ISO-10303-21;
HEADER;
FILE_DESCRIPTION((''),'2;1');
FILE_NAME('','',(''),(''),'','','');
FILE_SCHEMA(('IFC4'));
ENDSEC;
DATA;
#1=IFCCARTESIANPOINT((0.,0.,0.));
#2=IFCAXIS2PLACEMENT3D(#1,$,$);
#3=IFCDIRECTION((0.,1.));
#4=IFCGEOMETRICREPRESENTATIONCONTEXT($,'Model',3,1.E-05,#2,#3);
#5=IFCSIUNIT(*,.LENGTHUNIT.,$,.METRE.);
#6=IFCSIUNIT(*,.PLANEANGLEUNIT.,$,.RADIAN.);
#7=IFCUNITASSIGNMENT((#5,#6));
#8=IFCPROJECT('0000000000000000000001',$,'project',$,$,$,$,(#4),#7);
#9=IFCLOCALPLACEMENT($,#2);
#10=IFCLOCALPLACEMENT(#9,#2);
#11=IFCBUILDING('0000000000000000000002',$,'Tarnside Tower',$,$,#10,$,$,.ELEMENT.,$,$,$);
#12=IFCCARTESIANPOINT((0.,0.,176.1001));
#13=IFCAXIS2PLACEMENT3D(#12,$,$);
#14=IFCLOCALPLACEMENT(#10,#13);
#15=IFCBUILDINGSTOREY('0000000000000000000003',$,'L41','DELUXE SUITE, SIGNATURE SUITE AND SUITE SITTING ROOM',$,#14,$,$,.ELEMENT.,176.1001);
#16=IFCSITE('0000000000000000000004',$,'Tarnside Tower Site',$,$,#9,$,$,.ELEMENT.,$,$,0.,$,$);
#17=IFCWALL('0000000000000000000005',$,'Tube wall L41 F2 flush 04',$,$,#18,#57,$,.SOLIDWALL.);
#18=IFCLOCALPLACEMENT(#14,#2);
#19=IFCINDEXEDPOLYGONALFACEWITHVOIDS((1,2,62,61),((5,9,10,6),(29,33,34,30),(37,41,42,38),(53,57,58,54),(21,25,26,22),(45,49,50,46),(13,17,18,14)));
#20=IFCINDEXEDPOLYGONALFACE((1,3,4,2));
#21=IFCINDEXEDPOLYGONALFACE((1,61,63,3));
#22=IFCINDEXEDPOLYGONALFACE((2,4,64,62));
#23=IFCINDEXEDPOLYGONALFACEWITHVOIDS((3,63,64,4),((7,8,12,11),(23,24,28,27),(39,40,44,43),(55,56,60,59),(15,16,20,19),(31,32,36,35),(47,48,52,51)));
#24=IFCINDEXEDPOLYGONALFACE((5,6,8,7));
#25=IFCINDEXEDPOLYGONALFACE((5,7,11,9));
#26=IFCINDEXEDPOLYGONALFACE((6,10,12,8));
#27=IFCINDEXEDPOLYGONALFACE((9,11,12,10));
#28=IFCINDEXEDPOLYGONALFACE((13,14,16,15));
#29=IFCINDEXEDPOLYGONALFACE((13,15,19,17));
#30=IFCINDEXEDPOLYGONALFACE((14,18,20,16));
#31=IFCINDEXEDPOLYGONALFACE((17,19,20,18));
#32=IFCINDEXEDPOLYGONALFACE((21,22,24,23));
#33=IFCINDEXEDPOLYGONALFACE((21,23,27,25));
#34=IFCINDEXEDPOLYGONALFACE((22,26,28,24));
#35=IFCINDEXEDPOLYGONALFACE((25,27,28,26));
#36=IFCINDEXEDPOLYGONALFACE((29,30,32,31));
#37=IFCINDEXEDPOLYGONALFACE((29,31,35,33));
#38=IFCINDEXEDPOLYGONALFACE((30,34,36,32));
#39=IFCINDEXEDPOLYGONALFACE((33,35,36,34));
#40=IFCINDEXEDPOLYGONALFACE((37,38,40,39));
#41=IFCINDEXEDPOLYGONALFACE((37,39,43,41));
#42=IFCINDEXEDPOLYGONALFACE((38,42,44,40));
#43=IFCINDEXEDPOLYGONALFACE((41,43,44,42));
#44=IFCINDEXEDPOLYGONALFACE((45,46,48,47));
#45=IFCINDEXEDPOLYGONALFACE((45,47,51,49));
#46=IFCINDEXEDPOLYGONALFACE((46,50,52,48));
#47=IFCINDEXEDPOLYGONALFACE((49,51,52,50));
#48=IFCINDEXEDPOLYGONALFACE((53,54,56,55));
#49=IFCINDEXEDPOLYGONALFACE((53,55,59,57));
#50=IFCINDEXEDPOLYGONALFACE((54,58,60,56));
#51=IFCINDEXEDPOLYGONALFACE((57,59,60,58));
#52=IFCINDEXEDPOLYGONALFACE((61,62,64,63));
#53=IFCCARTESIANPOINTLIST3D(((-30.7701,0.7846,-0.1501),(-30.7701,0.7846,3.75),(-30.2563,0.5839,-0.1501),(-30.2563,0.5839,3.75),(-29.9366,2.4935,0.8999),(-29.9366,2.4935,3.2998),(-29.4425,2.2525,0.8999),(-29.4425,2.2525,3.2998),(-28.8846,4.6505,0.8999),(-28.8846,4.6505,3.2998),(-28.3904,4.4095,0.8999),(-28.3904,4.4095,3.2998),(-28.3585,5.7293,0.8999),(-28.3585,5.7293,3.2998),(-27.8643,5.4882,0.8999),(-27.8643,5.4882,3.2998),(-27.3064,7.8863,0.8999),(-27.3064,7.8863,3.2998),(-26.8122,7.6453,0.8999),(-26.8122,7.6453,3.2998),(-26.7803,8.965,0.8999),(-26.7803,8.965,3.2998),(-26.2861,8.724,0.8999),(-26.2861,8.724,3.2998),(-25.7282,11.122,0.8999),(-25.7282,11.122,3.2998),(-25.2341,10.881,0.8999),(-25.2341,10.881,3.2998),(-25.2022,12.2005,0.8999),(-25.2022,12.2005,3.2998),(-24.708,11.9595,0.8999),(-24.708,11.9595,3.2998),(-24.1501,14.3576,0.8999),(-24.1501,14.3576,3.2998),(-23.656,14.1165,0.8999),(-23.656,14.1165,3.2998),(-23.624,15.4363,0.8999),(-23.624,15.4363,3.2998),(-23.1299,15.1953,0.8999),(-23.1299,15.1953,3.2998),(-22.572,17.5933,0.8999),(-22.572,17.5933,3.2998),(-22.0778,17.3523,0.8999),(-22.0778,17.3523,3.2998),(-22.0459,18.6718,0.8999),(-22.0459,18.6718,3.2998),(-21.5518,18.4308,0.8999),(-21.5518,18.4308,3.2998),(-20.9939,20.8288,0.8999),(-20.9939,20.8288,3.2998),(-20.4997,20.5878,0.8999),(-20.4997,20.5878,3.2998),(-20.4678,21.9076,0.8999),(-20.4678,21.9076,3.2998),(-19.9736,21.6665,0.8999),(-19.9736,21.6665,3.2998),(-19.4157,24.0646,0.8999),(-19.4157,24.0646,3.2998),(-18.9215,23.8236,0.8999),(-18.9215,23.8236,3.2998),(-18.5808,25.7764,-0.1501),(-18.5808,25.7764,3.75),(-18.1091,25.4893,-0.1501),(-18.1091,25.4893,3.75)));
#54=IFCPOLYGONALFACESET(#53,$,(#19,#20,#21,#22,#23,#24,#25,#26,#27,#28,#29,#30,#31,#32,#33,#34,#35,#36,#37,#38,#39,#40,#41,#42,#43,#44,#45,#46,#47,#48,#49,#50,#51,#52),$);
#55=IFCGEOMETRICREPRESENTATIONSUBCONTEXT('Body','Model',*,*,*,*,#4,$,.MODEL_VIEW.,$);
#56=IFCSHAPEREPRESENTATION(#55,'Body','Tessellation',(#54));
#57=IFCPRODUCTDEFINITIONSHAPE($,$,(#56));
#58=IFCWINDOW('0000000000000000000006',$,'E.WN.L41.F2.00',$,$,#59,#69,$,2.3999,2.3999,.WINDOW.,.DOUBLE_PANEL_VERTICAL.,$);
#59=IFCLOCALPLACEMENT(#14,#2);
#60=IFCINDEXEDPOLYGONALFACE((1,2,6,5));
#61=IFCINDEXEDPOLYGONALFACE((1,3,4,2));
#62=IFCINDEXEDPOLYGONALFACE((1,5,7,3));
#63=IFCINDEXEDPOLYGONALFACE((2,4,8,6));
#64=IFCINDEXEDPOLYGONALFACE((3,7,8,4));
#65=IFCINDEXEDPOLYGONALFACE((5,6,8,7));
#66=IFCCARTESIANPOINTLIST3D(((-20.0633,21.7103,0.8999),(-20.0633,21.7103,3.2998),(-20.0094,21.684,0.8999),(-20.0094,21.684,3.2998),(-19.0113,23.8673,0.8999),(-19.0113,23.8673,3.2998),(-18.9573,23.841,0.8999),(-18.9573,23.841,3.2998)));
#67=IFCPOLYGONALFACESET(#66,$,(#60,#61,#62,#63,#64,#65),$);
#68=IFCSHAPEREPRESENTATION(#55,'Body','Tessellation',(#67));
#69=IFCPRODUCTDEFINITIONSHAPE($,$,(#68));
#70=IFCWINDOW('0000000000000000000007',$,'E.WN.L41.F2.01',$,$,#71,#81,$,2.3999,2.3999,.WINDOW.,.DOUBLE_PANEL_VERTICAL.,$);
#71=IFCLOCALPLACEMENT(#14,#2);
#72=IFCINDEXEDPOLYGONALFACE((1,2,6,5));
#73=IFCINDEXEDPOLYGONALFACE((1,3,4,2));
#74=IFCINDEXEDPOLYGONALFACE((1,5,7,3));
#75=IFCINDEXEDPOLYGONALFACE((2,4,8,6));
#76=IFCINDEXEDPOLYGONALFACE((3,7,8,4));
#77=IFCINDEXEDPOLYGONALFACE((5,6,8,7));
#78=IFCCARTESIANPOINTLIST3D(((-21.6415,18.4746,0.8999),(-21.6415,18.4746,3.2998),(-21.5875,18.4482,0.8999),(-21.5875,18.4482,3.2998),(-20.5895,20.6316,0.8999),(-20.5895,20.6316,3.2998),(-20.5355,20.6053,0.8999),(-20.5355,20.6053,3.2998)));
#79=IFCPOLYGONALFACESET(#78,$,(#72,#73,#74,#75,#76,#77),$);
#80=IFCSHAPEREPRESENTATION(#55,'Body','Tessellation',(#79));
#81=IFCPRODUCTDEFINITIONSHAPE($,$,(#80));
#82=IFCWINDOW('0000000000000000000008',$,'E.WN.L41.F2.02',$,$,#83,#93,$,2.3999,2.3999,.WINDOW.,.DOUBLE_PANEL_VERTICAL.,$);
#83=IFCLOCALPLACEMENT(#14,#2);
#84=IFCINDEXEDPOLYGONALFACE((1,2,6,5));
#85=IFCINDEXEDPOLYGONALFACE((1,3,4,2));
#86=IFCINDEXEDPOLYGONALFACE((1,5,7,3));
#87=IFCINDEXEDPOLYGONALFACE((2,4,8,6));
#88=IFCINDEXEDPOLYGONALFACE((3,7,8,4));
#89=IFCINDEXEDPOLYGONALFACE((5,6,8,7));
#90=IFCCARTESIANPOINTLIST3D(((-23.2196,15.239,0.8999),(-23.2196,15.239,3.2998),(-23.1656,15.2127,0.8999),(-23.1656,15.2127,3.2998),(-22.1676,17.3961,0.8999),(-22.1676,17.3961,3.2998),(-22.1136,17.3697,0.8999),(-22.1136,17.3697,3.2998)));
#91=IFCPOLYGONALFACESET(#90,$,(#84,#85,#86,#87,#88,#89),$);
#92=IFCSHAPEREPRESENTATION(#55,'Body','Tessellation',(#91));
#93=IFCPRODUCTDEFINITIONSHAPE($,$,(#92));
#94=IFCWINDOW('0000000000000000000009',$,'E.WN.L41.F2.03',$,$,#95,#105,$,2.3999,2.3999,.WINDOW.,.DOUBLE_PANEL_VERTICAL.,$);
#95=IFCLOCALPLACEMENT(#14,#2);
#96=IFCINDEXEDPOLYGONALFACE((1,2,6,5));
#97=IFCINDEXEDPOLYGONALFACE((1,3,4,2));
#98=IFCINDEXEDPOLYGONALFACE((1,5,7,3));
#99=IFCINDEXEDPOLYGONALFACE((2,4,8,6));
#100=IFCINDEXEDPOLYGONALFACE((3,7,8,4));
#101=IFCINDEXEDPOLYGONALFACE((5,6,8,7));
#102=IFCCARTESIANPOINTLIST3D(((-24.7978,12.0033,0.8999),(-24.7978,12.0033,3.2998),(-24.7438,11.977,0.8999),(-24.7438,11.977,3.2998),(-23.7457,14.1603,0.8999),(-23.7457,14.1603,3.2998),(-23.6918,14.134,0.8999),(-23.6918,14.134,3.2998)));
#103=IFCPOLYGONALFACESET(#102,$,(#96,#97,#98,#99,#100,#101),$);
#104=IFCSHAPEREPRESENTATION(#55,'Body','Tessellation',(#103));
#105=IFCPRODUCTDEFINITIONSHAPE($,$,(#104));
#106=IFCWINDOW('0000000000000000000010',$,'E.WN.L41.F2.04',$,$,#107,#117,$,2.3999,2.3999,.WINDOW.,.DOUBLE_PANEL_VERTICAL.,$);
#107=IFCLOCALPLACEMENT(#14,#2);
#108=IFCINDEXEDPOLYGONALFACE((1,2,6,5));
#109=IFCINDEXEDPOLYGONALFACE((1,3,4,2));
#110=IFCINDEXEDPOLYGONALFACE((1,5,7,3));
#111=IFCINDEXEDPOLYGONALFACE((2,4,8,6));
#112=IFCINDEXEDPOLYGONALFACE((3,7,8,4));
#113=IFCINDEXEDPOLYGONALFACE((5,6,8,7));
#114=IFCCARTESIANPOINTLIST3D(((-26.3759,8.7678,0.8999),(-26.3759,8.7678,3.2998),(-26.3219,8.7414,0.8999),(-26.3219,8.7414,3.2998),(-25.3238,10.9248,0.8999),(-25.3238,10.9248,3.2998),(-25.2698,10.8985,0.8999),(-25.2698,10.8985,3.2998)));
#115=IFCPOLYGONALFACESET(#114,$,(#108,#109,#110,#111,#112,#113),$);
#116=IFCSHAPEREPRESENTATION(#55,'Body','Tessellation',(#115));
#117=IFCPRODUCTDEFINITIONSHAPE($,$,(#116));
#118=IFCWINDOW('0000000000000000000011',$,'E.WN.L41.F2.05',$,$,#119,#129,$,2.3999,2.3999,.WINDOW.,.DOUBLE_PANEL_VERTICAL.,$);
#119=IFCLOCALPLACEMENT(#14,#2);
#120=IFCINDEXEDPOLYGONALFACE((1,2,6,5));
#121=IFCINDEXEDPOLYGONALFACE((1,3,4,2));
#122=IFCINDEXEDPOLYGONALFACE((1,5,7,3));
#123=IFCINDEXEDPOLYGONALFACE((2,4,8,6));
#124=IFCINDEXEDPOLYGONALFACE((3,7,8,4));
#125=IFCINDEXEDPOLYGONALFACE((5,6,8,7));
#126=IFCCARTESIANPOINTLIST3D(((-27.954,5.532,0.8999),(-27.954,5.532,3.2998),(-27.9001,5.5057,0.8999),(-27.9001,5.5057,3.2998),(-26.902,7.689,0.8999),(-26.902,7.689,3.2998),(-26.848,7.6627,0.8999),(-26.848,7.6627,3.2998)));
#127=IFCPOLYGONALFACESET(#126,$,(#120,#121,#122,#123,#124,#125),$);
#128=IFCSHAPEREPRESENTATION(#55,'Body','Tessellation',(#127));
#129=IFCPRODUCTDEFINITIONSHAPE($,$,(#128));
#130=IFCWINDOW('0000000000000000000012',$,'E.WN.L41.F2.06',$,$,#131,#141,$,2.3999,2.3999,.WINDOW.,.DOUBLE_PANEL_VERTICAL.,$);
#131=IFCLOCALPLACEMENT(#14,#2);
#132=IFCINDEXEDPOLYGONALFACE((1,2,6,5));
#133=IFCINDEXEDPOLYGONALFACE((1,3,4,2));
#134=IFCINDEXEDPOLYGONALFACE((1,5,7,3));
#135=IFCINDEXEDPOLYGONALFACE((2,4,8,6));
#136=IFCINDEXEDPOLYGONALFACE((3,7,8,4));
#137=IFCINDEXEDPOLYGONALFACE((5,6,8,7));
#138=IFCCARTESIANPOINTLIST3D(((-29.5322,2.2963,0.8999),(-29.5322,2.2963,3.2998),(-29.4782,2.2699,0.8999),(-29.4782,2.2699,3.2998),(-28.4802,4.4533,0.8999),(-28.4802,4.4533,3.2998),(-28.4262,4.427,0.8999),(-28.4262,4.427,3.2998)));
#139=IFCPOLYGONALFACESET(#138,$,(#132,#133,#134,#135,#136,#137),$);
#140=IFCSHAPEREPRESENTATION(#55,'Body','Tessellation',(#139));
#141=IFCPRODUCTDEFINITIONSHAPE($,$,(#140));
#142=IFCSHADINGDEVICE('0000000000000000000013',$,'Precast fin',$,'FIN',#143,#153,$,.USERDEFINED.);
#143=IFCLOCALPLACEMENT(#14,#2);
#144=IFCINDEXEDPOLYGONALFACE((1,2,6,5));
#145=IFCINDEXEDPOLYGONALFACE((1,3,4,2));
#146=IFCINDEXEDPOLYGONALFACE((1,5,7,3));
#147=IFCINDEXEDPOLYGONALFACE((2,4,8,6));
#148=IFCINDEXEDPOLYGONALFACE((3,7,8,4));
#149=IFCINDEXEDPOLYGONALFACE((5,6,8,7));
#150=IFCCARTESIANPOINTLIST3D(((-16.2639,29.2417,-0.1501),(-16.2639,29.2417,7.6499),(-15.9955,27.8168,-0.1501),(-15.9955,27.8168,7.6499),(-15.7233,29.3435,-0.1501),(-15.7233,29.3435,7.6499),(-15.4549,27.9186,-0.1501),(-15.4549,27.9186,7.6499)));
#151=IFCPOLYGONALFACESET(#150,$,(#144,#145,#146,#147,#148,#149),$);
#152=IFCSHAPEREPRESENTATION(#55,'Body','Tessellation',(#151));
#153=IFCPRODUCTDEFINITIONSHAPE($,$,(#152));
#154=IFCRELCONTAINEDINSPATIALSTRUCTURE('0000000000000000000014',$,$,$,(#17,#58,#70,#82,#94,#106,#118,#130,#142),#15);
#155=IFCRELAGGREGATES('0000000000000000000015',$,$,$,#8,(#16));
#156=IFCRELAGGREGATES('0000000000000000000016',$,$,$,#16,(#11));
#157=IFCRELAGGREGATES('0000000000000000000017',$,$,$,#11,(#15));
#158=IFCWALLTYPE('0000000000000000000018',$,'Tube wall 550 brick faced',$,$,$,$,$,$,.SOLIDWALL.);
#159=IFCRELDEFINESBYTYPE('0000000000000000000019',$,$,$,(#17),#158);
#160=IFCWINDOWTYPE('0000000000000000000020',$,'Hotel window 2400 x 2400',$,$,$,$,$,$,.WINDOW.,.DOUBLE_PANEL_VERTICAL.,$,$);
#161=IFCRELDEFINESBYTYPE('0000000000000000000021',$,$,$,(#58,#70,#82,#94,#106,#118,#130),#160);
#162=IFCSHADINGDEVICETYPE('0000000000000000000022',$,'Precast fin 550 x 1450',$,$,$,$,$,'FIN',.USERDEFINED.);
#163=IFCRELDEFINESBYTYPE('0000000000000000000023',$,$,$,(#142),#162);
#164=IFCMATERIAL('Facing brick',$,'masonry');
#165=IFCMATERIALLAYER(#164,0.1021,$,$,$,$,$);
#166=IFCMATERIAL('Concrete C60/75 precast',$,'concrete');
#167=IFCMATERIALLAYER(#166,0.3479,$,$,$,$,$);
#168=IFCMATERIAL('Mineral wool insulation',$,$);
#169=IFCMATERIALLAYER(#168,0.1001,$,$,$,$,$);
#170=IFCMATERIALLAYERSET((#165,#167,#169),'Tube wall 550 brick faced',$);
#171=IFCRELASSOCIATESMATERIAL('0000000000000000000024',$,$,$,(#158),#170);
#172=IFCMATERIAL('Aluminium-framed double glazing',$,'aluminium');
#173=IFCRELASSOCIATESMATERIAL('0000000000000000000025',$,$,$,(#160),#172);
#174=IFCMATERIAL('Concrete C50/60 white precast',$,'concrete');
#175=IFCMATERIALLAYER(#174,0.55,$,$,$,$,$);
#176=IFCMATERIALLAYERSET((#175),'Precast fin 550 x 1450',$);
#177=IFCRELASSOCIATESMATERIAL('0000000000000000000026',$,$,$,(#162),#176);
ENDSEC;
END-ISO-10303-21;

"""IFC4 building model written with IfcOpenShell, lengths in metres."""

from ifc_helpers import new_model, si_unit, direction, frame, frame_2d, origin, place, context, subcontext, project, spatial, polyline, rectangle, outline, extrude, material, layer, layer_set, type_object, element, fill, save


model = new_model("IFC4")

# Units and contexts
model_context = context("Model", 3, precision=1e-05, world=origin(), true_north=direction((0.0, 1.0)))
body_context = subcontext(model_context, "Body", "Model", "MODEL_VIEW")
ifc_project = project(units=[si_unit("LENGTHUNIT", "METRE"), si_unit("PLANEANGLEUNIT", "RADIAN")], contexts=[model_context])

# Site, building, storey
site_placement = place(None, origin())
site = spatial("IfcSite", under=ifc_project, at=site_placement, Name="Tarnside Tower Site", CompositionType="ELEMENT", RefElevation=0.0)
building_placement = place(site_placement, origin())
building = spatial("IfcBuilding", under=site, at=building_placement, Name="Tarnside Tower", CompositionType="ELEMENT")
storey_placement = place(building_placement, frame((0.0, 0.0, 176.1001)))
storey = spatial("IfcBuildingStorey", under=building, at=storey_placement, Name="L41", Description="DELUXE SUITE, SIGNATURE SUITE AND SUITE SITTING ROOM", CompositionType="ELEMENT", Elevation=176.1001)

# Shared definitions
ifc_material_1 = material(Name="Facing brick", Category="masonry")
ifc_layer_1 = layer(ifc_material_1, 0.1021)
ifc_material_2 = material(Name="Concrete C60/75 precast", Category="concrete")
ifc_layer_2 = layer(ifc_material_2, 0.3479)
ifc_material_3 = material(Name="Mineral wool insulation")
ifc_layer_3 = layer(ifc_material_3, 0.1001)
ifc_layer_set_1 = layer_set([ifc_layer_1, ifc_layer_2, ifc_layer_3], Name="Tube wall 550 brick faced")
wall_type_1 = type_object("IfcWallType", Name="Tube wall 550 brick faced", PredefinedType="SOLIDWALL", material=ifc_layer_set_1)

# Wall, openings, windows
wall_1_placement = place(storey_placement, frame((-18.345, 25.6328, -0.1501), z_axis=(0.0, 0.0, 1.0), x_axis=(-0.438372, -0.898794, 0.0)))
wall_1 = element("IfcWall", 1, at=wall_1_placement, inside=storey, type_object=wall_type_1, Name="Tube wall L41 F2 flush 04", PredefinedType="SOLIDWALL", context=body_context, shape_type="SweptSolid", body=[
    extrude(outline(polyline([(-0.0256, -0.2749), (27.7803, -0.2749), (27.7354, 0.2749), (0.0256, 0.2749), (-0.0256, -0.2749)])), origin(), (0.0, 0.0, 1.0), 3.9001),
])
opening_1_placement = place(wall_1_placement, frame((1.8789, 0.0, 1.05)))
opening_1 = element("IfcOpeningElement", 2, at=opening_1_placement, cuts=wall_1, PredefinedType="OPENING", context=body_context, shape_type="SweptSolid", body=[
    extrude(rectangle(XDim=2.3999, YDim=2.3999, at=frame_2d((1.2, 1.2))), frame((0.0, 0.2852, 0.0), z_axis=(0.0, -1.0, 0.0), x_axis=(1.0, 0.0, 0.0)), (0.0, 0.0, 1.0), 0.5701),
])
opening_2_placement = place(wall_1_placement, frame((5.479, 0.0, 1.05)))
opening_2 = element("IfcOpeningElement", 3, at=opening_2_placement, cuts=wall_1, PredefinedType="OPENING", context=body_context, shape_type="SweptSolid", body=[
    extrude(rectangle(XDim=2.3999, YDim=2.3999, at=frame_2d((1.2, 1.2))), frame((0.0, 0.2852, 0.0), z_axis=(0.0, -1.0, 0.0), x_axis=(1.0, 0.0, 0.0)), (0.0, 0.0, 1.0), 0.5701),
])
opening_3_placement = place(wall_1_placement, frame((9.0789, 0.0, 1.05)))
opening_3 = element("IfcOpeningElement", 4, at=opening_3_placement, cuts=wall_1, PredefinedType="OPENING", context=body_context, shape_type="SweptSolid", body=[
    extrude(rectangle(XDim=2.3999, YDim=2.3999, at=frame_2d((1.2, 1.2))), frame((0.0, 0.2852, 0.0), z_axis=(0.0, -1.0, 0.0), x_axis=(1.0, 0.0, 0.0)), (0.0, 0.0, 1.0), 0.5701),
])
opening_4_placement = place(wall_1_placement, frame((12.679, 0.0, 1.05)))
opening_4 = element("IfcOpeningElement", 5, at=opening_4_placement, cuts=wall_1, PredefinedType="OPENING", context=body_context, shape_type="SweptSolid", body=[
    extrude(rectangle(XDim=2.3999, YDim=2.3999, at=frame_2d((1.2, 1.2))), frame((0.0, 0.2852, 0.0), z_axis=(0.0, -1.0, 0.0), x_axis=(1.0, 0.0, 0.0)), (0.0, 0.0, 1.0), 0.5701),
])
opening_5_placement = place(wall_1_placement, frame((16.2788, 0.0, 1.05)))
opening_5 = element("IfcOpeningElement", 6, at=opening_5_placement, cuts=wall_1, PredefinedType="OPENING", context=body_context, shape_type="SweptSolid", body=[
    extrude(rectangle(XDim=2.3999, YDim=2.3999, at=frame_2d((1.2, 1.2))), frame((0.0, 0.2852, 0.0), z_axis=(0.0, -1.0, 0.0), x_axis=(1.0, 0.0, 0.0)), (0.0, 0.0, 1.0), 0.5701),
])
opening_6_placement = place(wall_1_placement, frame((19.8789, 0.0, 1.05)))
opening_6 = element("IfcOpeningElement", 7, at=opening_6_placement, cuts=wall_1, PredefinedType="OPENING", context=body_context, shape_type="SweptSolid", body=[
    extrude(rectangle(XDim=2.3999, YDim=2.3999, at=frame_2d((1.2, 1.2))), frame((0.0, 0.2852, 0.0), z_axis=(0.0, -1.0, 0.0), x_axis=(1.0, 0.0, 0.0)), (0.0, 0.0, 1.0), 0.5701),
])
opening_7_placement = place(wall_1_placement, frame((23.479, 0.0, 1.05)))
opening_7 = element("IfcOpeningElement", 8, at=opening_7_placement, cuts=wall_1, PredefinedType="OPENING", context=body_context, shape_type="SweptSolid", body=[
    extrude(rectangle(XDim=2.3999, YDim=2.3999, at=frame_2d((1.2, 1.2))), frame((0.0, 0.2852, 0.0), z_axis=(0.0, -1.0, 0.0), x_axis=(1.0, 0.0, 0.0)), (0.0, 0.0, 1.0), 0.5701),
])
ifc_material_4 = material(Name="Aluminium-framed double glazing", Category="aluminium")
window_type = type_object("IfcWindowType", Name="Hotel window 2400 x 2400", PartitioningType="DOUBLE_PANEL_VERTICAL", PredefinedType="WINDOW", material=ifc_material_4)
window_1_placement = place(opening_1_placement, frame((0.0, 0.2051, 0.0)))
window_1 = element("IfcWindow", 9, at=window_1_placement, inside=storey, type_object=window_type, Name="E.WN.L41.F2.00", OverallHeight=2.3999, OverallWidth=2.3999, PartitioningType="DOUBLE_PANEL_VERTICAL", PredefinedType="WINDOW", context=body_context, shape_type="SweptSolid", body=[
    extrude(rectangle(XDim=2.3999, YDim=2.3999, at=frame_2d((1.2, 1.2))), frame((0.0, 0.03, 0.0), z_axis=(0.0, -1.0, 0.0), x_axis=(1.0, 0.0, 0.0)), (0.0, 0.0, 1.0), 0.0601),
])
fill(opening_1, window_1)
window_2_placement = place(opening_2_placement, frame((0.0, 0.2051, 0.0)))
window_2 = element("IfcWindow", 10, at=window_2_placement, inside=storey, type_object=window_type, Name="E.WN.L41.F2.01", OverallHeight=2.3999, OverallWidth=2.3999, PartitioningType="DOUBLE_PANEL_VERTICAL", PredefinedType="WINDOW", context=body_context, shape_type="SweptSolid", body=[
    extrude(rectangle(XDim=2.3999, YDim=2.3999, at=frame_2d((1.2, 1.2))), frame((0.0, 0.03, 0.0), z_axis=(0.0, -1.0, 0.0), x_axis=(1.0, 0.0, 0.0)), (0.0, 0.0, 1.0), 0.0601),
])
fill(opening_2, window_2)
window_3_placement = place(opening_3_placement, frame((0.0, 0.2051, 0.0)))
window_3 = element("IfcWindow", 11, at=window_3_placement, inside=storey, type_object=window_type, Name="E.WN.L41.F2.02", OverallHeight=2.3999, OverallWidth=2.3999, PartitioningType="DOUBLE_PANEL_VERTICAL", PredefinedType="WINDOW", context=body_context, shape_type="SweptSolid", body=[
    extrude(rectangle(XDim=2.3999, YDim=2.3999, at=frame_2d((1.2, 1.2))), frame((0.0, 0.03, 0.0), z_axis=(0.0, -1.0, 0.0), x_axis=(1.0, 0.0, 0.0)), (0.0, 0.0, 1.0), 0.0601),
])
fill(opening_3, window_3)
window_4_placement = place(opening_4_placement, frame((0.0, 0.2051, 0.0)))
window_4 = element("IfcWindow", 12, at=window_4_placement, inside=storey, type_object=window_type, Name="E.WN.L41.F2.03", OverallHeight=2.3999, OverallWidth=2.3999, PartitioningType="DOUBLE_PANEL_VERTICAL", PredefinedType="WINDOW", context=body_context, shape_type="SweptSolid", body=[
    extrude(rectangle(XDim=2.3999, YDim=2.3999, at=frame_2d((1.2, 1.2))), frame((0.0, 0.03, 0.0), z_axis=(0.0, -1.0, 0.0), x_axis=(1.0, 0.0, 0.0)), (0.0, 0.0, 1.0), 0.0601),
])
fill(opening_4, window_4)
window_5_placement = place(opening_5_placement, frame((0.0, 0.2051, 0.0)))
window_5 = element("IfcWindow", 13, at=window_5_placement, inside=storey, type_object=window_type, Name="E.WN.L41.F2.04", OverallHeight=2.3999, OverallWidth=2.3999, PartitioningType="DOUBLE_PANEL_VERTICAL", PredefinedType="WINDOW", context=body_context, shape_type="SweptSolid", body=[
    extrude(rectangle(XDim=2.3999, YDim=2.3999, at=frame_2d((1.2, 1.2))), frame((0.0, 0.03, 0.0), z_axis=(0.0, -1.0, 0.0), x_axis=(1.0, 0.0, 0.0)), (0.0, 0.0, 1.0), 0.0601),
])
fill(opening_5, window_5)
window_6_placement = place(opening_6_placement, frame((0.0, 0.2051, 0.0)))
window_6 = element("IfcWindow", 14, at=window_6_placement, inside=storey, type_object=window_type, Name="E.WN.L41.F2.05", OverallHeight=2.3999, OverallWidth=2.3999, PartitioningType="DOUBLE_PANEL_VERTICAL", PredefinedType="WINDOW", context=body_context, shape_type="SweptSolid", body=[
    extrude(rectangle(XDim=2.3999, YDim=2.3999, at=frame_2d((1.2, 1.2))), frame((0.0, 0.03, 0.0), z_axis=(0.0, -1.0, 0.0), x_axis=(1.0, 0.0, 0.0)), (0.0, 0.0, 1.0), 0.0601),
])
fill(opening_6, window_6)
window_7_placement = place(opening_7_placement, frame((0.0, 0.2051, 0.0)))
window_7 = element("IfcWindow", 15, at=window_7_placement, inside=storey, type_object=window_type, Name="E.WN.L41.F2.06", OverallHeight=2.3999, OverallWidth=2.3999, PartitioningType="DOUBLE_PANEL_VERTICAL", PredefinedType="WINDOW", context=body_context, shape_type="SweptSolid", body=[
    extrude(rectangle(XDim=2.3999, YDim=2.3999, at=frame_2d((1.2, 1.2))), frame((0.0, 0.03, 0.0), z_axis=(0.0, -1.0, 0.0), x_axis=(1.0, 0.0, 0.0)), (0.0, 0.0, 1.0), 0.0601),
])
fill(opening_7, window_7)

# Shading device
ifc_material_5 = material(Name="Concrete C50/60 white precast", Category="concrete")
ifc_layer_4 = layer(ifc_material_5, 0.55)
ifc_layer_set_2 = layer_set([ifc_layer_4], Name="Precast fin 550 x 1450")
shading_device_type_1 = type_object("IfcShadingDeviceType", Name="Precast fin 550 x 1450", ElementType="FIN", PredefinedType="USERDEFINED", material=ifc_layer_set_2)
for number, where, z_axis, x_axis, name in (
    (16, (-15.7253, 27.8677, -0.1501), (0.982721, 0.185095, 0.0), (-0.185095, 0.982721, 0.0), "Precast fin"),
):
    element("IfcShadingDevice", number, at=place(storey_placement, frame(where, z_axis=z_axis, x_axis=x_axis)), inside=storey, type_object=shading_device_type_1, Name=name, ObjectType="FIN", PredefinedType="USERDEFINED", context=body_context, shape_type="SweptSolid", body=[
        extrude(outline(polyline([(0.0, 0.0), (1.45, 0.0), (1.45, 7.8), (0.0, 7.8), (0.0, 0.0)])), frame((0.0, 0.0, -0.2749)), (0.0, 0.0, 1.0), 0.55),
    ])

save(model, "model.ifc")
